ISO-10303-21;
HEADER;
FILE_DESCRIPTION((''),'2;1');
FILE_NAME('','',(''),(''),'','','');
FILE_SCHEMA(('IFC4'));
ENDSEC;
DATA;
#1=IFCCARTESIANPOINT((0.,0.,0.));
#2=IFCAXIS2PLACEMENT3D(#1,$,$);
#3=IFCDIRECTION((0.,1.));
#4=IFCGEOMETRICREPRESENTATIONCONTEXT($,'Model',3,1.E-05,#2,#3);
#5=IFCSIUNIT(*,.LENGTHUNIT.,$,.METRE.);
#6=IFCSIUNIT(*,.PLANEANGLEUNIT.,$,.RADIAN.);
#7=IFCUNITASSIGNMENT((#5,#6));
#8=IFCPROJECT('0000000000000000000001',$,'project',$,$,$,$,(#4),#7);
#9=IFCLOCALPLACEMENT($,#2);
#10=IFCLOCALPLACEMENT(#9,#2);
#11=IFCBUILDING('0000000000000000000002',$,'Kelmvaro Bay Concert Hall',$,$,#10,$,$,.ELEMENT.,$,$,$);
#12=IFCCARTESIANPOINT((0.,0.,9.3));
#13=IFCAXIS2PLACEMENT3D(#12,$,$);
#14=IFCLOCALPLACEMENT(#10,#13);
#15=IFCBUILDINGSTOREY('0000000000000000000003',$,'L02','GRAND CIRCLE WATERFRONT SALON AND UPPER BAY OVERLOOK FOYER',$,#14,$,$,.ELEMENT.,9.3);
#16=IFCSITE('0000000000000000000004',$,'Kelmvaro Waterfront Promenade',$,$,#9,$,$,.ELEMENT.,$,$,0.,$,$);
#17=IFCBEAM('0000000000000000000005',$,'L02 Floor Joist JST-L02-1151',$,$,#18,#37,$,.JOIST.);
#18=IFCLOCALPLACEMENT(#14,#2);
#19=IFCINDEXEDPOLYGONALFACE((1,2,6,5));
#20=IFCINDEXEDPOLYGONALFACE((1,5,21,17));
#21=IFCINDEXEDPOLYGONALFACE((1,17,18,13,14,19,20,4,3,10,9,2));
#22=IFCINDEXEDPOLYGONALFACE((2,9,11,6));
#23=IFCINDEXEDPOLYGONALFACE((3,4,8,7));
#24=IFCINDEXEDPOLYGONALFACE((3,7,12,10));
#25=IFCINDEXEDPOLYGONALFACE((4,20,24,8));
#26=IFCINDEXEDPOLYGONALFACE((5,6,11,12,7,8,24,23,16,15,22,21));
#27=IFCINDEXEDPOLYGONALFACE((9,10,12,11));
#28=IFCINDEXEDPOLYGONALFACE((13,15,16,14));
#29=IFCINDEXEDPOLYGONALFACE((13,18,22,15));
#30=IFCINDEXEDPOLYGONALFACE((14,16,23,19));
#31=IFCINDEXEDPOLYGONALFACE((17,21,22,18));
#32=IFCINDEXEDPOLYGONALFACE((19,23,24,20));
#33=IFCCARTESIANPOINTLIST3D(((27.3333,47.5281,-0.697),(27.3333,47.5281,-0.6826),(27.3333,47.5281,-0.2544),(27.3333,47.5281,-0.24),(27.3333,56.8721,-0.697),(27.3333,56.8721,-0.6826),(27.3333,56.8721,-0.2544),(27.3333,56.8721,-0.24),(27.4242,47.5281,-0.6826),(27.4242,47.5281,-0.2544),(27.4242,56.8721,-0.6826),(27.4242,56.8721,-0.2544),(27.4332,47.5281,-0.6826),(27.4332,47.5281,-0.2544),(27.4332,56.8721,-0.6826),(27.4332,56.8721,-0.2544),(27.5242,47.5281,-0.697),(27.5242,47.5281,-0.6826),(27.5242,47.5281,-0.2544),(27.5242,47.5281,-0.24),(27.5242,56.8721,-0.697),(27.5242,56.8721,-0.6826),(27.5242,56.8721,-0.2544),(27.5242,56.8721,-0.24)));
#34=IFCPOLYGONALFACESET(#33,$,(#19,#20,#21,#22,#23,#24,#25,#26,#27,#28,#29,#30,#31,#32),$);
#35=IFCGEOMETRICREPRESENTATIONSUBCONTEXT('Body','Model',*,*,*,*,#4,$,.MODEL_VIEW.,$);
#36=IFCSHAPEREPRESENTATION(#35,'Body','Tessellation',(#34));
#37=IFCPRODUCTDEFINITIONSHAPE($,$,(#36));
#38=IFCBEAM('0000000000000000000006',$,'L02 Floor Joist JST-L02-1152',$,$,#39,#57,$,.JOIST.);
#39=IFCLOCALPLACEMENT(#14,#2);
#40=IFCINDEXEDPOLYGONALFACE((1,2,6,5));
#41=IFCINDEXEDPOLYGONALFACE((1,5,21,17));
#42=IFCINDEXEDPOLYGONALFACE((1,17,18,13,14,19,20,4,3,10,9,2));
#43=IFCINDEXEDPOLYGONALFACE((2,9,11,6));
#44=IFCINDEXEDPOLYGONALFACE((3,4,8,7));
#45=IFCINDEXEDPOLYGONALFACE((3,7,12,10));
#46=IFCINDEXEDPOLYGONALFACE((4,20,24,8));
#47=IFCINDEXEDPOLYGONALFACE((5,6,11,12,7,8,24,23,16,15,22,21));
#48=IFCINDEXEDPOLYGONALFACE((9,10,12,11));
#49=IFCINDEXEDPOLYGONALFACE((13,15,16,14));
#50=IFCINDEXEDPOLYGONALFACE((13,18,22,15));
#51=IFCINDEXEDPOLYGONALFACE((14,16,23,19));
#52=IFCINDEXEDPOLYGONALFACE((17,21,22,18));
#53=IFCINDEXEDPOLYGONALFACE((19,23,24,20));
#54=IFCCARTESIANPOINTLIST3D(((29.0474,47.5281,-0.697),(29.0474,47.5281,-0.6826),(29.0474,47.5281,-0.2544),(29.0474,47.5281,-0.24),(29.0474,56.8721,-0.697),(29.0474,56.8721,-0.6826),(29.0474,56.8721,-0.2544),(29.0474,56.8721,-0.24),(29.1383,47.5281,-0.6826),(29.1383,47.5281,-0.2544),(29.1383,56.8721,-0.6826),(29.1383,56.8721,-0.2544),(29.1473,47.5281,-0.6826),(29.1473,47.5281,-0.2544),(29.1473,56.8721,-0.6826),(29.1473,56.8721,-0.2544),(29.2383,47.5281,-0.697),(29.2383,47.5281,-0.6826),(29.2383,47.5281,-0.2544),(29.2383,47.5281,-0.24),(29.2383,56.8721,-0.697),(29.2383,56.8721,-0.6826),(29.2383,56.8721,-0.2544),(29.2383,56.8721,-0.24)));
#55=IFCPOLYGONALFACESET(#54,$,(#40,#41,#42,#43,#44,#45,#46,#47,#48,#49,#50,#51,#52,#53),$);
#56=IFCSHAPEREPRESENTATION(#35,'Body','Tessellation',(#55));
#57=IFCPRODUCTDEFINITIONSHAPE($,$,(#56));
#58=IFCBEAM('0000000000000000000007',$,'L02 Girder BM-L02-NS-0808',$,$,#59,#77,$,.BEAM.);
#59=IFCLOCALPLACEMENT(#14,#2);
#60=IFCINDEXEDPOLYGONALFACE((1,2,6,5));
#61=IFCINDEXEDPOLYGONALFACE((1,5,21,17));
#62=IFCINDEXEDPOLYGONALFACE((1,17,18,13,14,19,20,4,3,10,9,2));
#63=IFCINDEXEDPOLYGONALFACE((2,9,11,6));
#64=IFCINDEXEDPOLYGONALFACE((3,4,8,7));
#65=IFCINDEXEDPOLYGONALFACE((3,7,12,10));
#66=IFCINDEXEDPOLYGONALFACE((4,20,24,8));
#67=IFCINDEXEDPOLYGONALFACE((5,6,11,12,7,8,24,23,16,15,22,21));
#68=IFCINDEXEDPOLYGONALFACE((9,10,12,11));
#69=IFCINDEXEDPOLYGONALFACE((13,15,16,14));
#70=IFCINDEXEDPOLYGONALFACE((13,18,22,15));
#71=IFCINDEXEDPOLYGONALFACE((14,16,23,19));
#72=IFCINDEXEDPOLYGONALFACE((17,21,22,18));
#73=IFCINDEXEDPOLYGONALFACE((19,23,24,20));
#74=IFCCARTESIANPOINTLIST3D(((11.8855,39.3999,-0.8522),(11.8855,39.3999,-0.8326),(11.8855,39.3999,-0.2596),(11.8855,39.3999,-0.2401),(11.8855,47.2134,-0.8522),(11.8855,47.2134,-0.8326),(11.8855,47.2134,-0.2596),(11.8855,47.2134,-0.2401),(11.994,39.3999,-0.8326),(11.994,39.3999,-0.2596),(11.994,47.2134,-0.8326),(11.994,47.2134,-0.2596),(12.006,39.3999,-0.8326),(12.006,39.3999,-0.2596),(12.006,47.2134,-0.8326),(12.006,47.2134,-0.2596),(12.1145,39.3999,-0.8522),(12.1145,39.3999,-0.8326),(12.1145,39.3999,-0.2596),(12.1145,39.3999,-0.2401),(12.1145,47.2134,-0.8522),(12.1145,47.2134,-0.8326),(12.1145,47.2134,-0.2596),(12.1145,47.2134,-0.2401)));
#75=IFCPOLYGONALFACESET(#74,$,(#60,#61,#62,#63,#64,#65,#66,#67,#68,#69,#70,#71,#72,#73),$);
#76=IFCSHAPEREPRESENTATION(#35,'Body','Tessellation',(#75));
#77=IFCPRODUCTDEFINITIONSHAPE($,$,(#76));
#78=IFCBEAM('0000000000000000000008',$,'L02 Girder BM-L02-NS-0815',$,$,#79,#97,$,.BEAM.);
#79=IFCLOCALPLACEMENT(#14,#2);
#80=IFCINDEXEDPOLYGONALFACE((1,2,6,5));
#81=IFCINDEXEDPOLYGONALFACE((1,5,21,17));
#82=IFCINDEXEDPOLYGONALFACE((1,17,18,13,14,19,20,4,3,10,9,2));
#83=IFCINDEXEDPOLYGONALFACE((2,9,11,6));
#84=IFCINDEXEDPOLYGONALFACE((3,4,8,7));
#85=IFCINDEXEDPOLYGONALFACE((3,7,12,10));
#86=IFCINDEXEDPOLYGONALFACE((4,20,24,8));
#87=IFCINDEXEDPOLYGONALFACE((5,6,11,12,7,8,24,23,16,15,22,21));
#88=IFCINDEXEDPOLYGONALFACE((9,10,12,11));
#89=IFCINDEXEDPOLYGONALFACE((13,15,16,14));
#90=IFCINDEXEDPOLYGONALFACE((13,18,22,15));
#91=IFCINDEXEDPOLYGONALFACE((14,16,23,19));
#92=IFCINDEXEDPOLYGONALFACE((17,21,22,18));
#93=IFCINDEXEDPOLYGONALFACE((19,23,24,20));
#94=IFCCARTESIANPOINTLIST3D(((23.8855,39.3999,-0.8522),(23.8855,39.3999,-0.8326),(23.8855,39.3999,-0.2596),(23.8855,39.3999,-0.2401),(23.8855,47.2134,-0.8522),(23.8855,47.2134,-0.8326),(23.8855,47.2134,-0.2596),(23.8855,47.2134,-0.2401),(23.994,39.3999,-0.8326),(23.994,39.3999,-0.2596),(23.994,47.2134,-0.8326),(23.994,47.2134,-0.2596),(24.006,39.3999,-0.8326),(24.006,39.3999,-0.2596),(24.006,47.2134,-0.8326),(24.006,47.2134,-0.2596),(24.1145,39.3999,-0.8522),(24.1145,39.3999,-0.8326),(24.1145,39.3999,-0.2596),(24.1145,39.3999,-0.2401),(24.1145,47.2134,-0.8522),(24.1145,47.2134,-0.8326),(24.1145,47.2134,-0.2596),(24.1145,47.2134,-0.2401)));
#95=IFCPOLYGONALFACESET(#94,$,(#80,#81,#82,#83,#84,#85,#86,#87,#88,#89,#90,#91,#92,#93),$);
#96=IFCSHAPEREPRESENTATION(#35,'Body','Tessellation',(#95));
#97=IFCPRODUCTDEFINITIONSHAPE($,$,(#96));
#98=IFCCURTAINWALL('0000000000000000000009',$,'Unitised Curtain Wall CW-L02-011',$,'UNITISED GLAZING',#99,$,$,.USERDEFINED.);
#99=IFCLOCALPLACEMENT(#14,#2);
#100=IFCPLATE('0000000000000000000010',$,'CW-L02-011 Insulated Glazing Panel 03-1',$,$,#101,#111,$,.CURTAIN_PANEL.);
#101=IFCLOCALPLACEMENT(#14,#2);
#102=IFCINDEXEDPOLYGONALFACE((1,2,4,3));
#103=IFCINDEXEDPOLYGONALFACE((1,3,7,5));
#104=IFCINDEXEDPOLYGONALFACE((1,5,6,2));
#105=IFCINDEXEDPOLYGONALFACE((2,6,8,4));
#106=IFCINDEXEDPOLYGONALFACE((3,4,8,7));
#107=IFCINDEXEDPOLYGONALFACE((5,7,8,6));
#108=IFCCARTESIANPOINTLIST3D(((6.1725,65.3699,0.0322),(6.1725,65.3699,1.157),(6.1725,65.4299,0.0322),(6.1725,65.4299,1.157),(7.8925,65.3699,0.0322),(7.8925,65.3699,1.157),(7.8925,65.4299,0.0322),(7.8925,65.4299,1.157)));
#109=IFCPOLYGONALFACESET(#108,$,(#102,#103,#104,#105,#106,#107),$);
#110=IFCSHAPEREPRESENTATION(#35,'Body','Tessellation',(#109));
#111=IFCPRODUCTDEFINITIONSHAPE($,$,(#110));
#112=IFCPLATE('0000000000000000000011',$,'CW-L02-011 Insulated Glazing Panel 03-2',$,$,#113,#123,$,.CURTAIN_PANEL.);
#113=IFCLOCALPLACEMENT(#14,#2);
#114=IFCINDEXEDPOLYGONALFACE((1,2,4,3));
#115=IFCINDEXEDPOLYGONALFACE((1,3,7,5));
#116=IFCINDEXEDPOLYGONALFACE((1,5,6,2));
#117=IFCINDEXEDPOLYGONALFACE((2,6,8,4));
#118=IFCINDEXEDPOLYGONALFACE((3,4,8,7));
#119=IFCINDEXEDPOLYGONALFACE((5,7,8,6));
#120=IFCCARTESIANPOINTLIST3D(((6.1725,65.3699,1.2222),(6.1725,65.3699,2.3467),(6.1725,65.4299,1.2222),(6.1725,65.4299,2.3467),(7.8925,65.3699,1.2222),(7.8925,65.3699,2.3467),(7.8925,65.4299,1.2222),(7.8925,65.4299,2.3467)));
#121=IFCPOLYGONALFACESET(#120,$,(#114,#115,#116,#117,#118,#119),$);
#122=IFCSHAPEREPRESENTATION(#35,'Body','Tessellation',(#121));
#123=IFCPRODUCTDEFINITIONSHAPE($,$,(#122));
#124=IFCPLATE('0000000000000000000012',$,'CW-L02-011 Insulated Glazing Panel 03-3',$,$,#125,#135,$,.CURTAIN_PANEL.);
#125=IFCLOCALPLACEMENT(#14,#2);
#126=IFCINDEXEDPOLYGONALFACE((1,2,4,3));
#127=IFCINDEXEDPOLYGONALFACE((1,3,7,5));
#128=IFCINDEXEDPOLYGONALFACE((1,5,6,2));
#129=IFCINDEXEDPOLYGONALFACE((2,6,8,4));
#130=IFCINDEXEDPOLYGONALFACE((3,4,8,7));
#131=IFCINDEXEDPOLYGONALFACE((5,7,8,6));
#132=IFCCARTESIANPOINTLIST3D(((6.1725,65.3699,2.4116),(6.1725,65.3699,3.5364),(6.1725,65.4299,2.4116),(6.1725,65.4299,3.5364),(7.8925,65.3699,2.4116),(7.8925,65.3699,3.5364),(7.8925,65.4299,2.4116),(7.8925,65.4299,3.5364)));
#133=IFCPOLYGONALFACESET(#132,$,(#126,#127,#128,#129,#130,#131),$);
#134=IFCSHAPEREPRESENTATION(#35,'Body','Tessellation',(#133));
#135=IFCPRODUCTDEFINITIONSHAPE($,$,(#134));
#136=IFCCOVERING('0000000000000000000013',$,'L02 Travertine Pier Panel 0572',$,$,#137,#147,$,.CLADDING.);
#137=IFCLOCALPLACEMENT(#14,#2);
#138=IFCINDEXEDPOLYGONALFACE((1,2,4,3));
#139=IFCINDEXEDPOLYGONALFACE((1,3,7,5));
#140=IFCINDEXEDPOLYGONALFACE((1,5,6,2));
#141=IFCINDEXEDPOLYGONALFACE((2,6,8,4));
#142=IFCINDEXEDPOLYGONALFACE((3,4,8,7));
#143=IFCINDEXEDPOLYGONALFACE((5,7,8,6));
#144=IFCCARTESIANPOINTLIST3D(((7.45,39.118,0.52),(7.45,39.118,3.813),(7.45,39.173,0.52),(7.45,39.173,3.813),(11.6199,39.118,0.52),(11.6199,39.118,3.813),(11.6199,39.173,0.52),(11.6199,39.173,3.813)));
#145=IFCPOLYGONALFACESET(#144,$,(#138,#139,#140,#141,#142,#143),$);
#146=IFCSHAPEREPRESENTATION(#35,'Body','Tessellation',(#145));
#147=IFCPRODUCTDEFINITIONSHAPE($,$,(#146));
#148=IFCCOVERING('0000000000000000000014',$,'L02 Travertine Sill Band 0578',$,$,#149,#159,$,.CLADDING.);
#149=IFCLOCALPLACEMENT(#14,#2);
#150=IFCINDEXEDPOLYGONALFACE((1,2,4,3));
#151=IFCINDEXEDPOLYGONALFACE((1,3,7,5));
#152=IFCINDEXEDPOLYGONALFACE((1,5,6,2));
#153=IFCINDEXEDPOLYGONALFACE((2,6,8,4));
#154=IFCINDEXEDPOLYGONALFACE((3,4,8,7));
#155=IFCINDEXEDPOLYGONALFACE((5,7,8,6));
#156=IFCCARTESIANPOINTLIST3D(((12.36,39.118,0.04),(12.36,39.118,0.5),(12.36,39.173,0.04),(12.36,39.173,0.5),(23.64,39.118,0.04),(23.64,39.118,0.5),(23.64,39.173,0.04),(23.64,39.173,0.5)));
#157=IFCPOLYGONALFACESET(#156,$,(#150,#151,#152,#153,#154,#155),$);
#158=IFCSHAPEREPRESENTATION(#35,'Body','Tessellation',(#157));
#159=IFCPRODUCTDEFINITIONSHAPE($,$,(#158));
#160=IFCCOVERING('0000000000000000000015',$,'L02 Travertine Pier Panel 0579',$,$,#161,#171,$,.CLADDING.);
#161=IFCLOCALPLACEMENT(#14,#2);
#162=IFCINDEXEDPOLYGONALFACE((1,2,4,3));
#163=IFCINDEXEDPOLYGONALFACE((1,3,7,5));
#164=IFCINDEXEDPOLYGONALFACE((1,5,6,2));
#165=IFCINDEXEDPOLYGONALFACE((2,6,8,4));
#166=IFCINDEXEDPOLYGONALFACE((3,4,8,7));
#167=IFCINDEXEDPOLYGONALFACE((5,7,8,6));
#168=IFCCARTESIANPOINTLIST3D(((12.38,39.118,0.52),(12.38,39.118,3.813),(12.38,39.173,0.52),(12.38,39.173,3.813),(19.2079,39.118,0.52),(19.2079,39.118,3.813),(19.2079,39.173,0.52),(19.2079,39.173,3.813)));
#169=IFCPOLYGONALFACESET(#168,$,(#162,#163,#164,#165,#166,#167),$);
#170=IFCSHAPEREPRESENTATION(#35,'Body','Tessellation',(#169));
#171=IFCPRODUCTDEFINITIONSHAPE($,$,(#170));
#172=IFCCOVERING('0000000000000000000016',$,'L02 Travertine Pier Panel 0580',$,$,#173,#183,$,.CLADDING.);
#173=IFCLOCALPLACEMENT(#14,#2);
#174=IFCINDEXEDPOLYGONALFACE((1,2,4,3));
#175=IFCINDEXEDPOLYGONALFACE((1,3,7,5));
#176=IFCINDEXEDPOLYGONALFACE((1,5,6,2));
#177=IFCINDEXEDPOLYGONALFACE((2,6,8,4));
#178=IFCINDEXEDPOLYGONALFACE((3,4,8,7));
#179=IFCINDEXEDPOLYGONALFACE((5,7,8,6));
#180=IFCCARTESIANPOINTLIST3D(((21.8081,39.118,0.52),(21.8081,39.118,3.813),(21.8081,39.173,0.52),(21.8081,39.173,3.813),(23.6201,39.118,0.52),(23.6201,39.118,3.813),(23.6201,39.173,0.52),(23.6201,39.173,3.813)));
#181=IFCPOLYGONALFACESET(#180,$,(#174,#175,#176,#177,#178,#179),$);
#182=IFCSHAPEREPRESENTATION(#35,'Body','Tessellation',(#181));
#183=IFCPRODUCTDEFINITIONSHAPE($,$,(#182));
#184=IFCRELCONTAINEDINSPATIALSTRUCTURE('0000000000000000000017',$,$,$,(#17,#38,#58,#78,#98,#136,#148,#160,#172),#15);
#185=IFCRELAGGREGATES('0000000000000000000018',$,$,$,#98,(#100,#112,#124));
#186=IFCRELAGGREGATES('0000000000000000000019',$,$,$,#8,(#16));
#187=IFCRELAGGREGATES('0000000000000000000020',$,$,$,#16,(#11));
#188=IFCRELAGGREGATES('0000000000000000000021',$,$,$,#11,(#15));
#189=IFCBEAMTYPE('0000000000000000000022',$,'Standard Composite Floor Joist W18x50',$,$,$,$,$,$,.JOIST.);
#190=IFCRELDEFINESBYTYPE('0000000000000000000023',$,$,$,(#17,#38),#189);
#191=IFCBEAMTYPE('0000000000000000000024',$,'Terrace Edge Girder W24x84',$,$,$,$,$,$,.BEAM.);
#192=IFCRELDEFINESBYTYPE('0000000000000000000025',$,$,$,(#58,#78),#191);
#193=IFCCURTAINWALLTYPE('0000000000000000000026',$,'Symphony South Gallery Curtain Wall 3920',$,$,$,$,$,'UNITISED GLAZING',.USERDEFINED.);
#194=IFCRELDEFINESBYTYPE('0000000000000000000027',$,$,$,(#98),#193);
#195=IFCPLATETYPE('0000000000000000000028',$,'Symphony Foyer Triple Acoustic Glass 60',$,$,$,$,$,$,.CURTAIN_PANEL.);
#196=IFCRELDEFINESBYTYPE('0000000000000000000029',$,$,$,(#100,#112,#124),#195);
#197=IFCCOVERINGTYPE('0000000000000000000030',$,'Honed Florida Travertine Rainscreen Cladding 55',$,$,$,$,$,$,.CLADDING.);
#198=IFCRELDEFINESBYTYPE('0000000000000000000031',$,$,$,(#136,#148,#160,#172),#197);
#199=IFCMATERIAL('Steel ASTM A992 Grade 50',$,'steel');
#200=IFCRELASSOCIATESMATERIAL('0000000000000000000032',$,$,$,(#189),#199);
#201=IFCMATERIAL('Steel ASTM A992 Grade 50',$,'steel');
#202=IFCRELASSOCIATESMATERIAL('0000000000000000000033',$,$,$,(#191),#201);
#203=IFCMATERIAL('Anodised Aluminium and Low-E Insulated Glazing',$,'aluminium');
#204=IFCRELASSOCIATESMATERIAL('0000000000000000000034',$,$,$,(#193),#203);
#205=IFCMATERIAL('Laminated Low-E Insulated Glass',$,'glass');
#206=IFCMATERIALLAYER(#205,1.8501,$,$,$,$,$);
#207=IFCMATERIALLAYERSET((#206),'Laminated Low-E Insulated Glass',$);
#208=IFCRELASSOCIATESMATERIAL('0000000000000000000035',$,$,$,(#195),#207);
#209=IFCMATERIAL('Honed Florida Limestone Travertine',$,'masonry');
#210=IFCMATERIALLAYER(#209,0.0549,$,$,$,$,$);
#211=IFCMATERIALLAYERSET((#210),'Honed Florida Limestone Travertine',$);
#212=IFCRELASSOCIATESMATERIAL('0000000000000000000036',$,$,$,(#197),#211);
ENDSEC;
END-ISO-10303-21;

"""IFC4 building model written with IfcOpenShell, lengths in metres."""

from ifc_helpers import new_model, si_unit, direction, frame, origin, origin_2d, place, context, subcontext, project, spatial, rectangle, i_section, extrude, material, layer, layer_set, material_profile, profile_set, type_object, element, aggregate, save


model = new_model("IFC4")

# Units and contexts
model_context = context("Model", 3, precision=1e-05, world=origin(), true_north=direction((0.0, 1.0)))
body_context = subcontext(model_context, "Body", "Model", "MODEL_VIEW")
ifc_project = project(units=[si_unit("LENGTHUNIT", "METRE"), si_unit("PLANEANGLEUNIT", "RADIAN")], contexts=[model_context])

# Site, building, storey
site_placement = place(None, origin())
site = spatial("IfcSite", under=ifc_project, at=site_placement, Name="Kelmvaro Waterfront Promenade", CompositionType="ELEMENT", RefElevation=0.0)
building_placement = place(site_placement, origin())
building = spatial("IfcBuilding", under=site, at=building_placement, Name="Kelmvaro Bay Concert Hall", CompositionType="ELEMENT")
storey_placement = place(building_placement, frame((0.0, 0.0, 9.3)))
storey = spatial("IfcBuildingStorey", under=building, at=storey_placement, Name="L02", Description="GRAND CIRCLE WATERFRONT SALON AND UPPER BAY OVERLOOK FOYER", CompositionType="ELEMENT", Elevation=9.3)

# Beams
ifc_material_1 = material(Name="Steel ASTM A992 Grade 50", Category="steel")
ifc_material_profile_1 = material_profile(ifc_material_1, i_section(OverallWidth=0.1909, OverallDepth=0.457, WebThickness=0.009, FlangeThickness=0.0144, at=origin_2d()), Name="W18X50")
ifc_profile_set_1 = profile_set([ifc_material_profile_1], Name="Steel ASTM A992 Grade 50")
beam_type_1 = type_object("IfcBeamType", Name="Standard Composite Floor Joist W18x50", PredefinedType="JOIST", material=ifc_profile_set_1)
for number, where, z_axis, x_axis, name in (
    (1, (27.4287, 47.5281, -0.4685), (0.0, 1.0, 0.0), (-1.0, 0.0, 0.0), "L02 Floor Joist JST-L02-1151"),
    (2, (29.1428, 47.5281, -0.4685), (0.0, 1.0, 0.0), (-1.0, 0.0, 0.0), "L02 Floor Joist JST-L02-1152"),
):
    element("IfcBeam", number, at=place(storey_placement, frame(where, z_axis=z_axis, x_axis=x_axis)), inside=storey, type_object=beam_type_1, Name=name, PredefinedType="JOIST", context=body_context, shape_type="SweptSolid", body=[
        extrude(i_section(OverallWidth=0.1909, OverallDepth=0.457, WebThickness=0.009, FlangeThickness=0.0144, at=origin_2d()), origin(), (0.0, 0.0, 1.0), 9.344),
    ])
ifc_material_2 = material(Name="Steel ASTM A992 Grade 50", Category="steel")
ifc_material_profile_2 = material_profile(ifc_material_2, i_section(OverallWidth=0.229, OverallDepth=0.6121, WebThickness=0.012, FlangeThickness=0.0195, at=origin_2d()), Name="W24X84")
ifc_profile_set_2 = profile_set([ifc_material_profile_2], Name="Steel ASTM A992 Grade 50")
beam_type_2 = type_object("IfcBeamType", Name="Terrace Edge Girder W24x84", PredefinedType="BEAM", material=ifc_profile_set_2)
for number, where, z_axis, x_axis, name in (
    (3, (12.0, 39.3999, -0.5461), (0.0, 1.0, 0.0), (-1.0, 0.0, 0.0), "L02 Girder BM-L02-NS-0808"),
    (4, (24.0, 39.3999, -0.5461), (0.0, 1.0, 0.0), (-1.0, 0.0, 0.0), "L02 Girder BM-L02-NS-0815"),
):
    element("IfcBeam", number, at=place(storey_placement, frame(where, z_axis=z_axis, x_axis=x_axis)), inside=storey, type_object=beam_type_2, Name=name, PredefinedType="BEAM", context=body_context, shape_type="SweptSolid", body=[
        extrude(i_section(OverallWidth=0.229, OverallDepth=0.6121, WebThickness=0.012, FlangeThickness=0.0195, at=origin_2d()), origin(), (0.0, 0.0, 1.0), 7.8135),
    ])

# Curtain wall, plates
ifc_material_3 = material(Name="Anodised Aluminium and Low-E Insulated Glazing", Category="aluminium")
curtain_wall_type = type_object("IfcCurtainWallType", Name="Symphony South Gallery Curtain Wall 3920", ElementType="UNITISED GLAZING", PredefinedType="USERDEFINED", material=ifc_material_3)
curtain_wall_placement = place(storey_placement, origin())
curtain_wall = element("IfcCurtainWall", 5, at=curtain_wall_placement, inside=storey, type_object=curtain_wall_type, Name="Unitised Curtain Wall CW-L02-011", ObjectType="UNITISED GLAZING", PredefinedType="USERDEFINED")
ifc_material_4 = material(Name="Laminated Low-E Insulated Glass", Category="glass")
ifc_layer_1 = layer(ifc_material_4, 1.8501)
ifc_layer_set_1 = layer_set([ifc_layer_1], Name="Laminated Low-E Insulated Glass")
plate_type = type_object("IfcPlateType", Name="Symphony Foyer Triple Acoustic Glass 60", PredefinedType="CURTAIN_PANEL", material=ifc_layer_set_1)
plate_1_placement = place(storey_placement, frame((7.0325, 65.3999, 0.0322), z_axis=(0.0, 0.0, 1.0), x_axis=(-1.0, 0.0, 0.0)))
plate_1 = element("IfcPlate", 6, at=plate_1_placement, type_object=plate_type, Name="CW-L02-011 Insulated Glazing Panel 03-1", PredefinedType="CURTAIN_PANEL", context=body_context, shape_type="SweptSolid", body=[
    extrude(rectangle(XDim=1.72, YDim=0.0601, at=origin_2d()), origin(), (0.0, 0.0, 1.0), 1.1248),
])
plate_2_placement = place(storey_placement, frame((7.0325, 65.3999, 1.2222), z_axis=(0.0, 0.0, 1.0), x_axis=(-1.0, 0.0, 0.0)))
plate_2 = element("IfcPlate", 7, at=plate_2_placement, type_object=plate_type, Name="CW-L02-011 Insulated Glazing Panel 03-2", PredefinedType="CURTAIN_PANEL", context=body_context, shape_type="SweptSolid", body=[
    extrude(rectangle(XDim=1.72, YDim=0.0601, at=origin_2d()), origin(), (0.0, 0.0, 1.0), 1.1245),
])
plate_3_placement = place(storey_placement, frame((7.0325, 65.3999, 2.4116), z_axis=(0.0, 0.0, 1.0), x_axis=(-1.0, 0.0, 0.0)))
plate_3 = element("IfcPlate", 8, at=plate_3_placement, type_object=plate_type, Name="CW-L02-011 Insulated Glazing Panel 03-3", PredefinedType="CURTAIN_PANEL", context=body_context, shape_type="SweptSolid", body=[
    extrude(rectangle(XDim=1.72, YDim=0.0601, at=origin_2d()), origin(), (0.0, 0.0, 1.0), 1.1248),
])
aggregate(curtain_wall, [plate_1, plate_2, plate_3])

# Coverings
ifc_material_5 = material(Name="Honed Florida Limestone Travertine", Category="masonry")
ifc_layer_2 = layer(ifc_material_5, 0.0549)
ifc_layer_set_2 = layer_set([ifc_layer_2], Name="Honed Florida Limestone Travertine")
covering_type = type_object("IfcCoveringType", Name="Honed Florida Travertine Rainscreen Cladding 55", PredefinedType="CLADDING", material=ifc_layer_set_2)
covering_1_placement = place(storey_placement, frame((9.5349, 39.1455, 0.52), z_axis=(0.0, 0.0, 1.0), x_axis=(1.0, 0.0, 0.0)))
element("IfcCovering", 9, at=covering_1_placement, inside=storey, type_object=covering_type, Name="L02 Travertine Pier Panel 0572", PredefinedType="CLADDING", context=body_context, shape_type="SweptSolid", body=[
    extrude(rectangle(XDim=4.1699, YDim=0.0549, at=origin_2d()), origin(), (0.0, 0.0, 1.0), 3.293),
])
covering_2_placement = place(storey_placement, frame((18.0, 39.1455, 0.04), z_axis=(0.0, 0.0, 1.0), x_axis=(1.0, 0.0, 0.0)))
element("IfcCovering", 10, at=covering_2_placement, inside=storey, type_object=covering_type, Name="L02 Travertine Sill Band 0578", PredefinedType="CLADDING", context=body_context, shape_type="SweptSolid", body=[
    extrude(rectangle(XDim=11.28, YDim=0.0549, at=origin_2d()), origin(), (0.0, 0.0, 1.0), 0.46),
])
covering_3_placement = place(storey_placement, frame((15.7939, 39.1455, 0.52), z_axis=(0.0, 0.0, 1.0), x_axis=(1.0, 0.0, 0.0)))
element("IfcCovering", 11, at=covering_3_placement, inside=storey, type_object=covering_type, Name="L02 Travertine Pier Panel 0579", PredefinedType="CLADDING", context=body_context, shape_type="SweptSolid", body=[
    extrude(rectangle(XDim=6.8279, YDim=0.0549, at=origin_2d()), origin(), (0.0, 0.0, 1.0), 3.293),
])
covering_4_placement = place(storey_placement, frame((22.7141, 39.1455, 0.52), z_axis=(0.0, 0.0, 1.0), x_axis=(1.0, 0.0, 0.0)))
element("IfcCovering", 12, at=covering_4_placement, inside=storey, type_object=covering_type, Name="L02 Travertine Pier Panel 0580", PredefinedType="CLADDING", context=body_context, shape_type="SweptSolid", body=[
    extrude(rectangle(XDim=1.812, YDim=0.0549, at=origin_2d()), origin(), (0.0, 0.0, 1.0), 3.293),
])

save(model, "model.ifc")
